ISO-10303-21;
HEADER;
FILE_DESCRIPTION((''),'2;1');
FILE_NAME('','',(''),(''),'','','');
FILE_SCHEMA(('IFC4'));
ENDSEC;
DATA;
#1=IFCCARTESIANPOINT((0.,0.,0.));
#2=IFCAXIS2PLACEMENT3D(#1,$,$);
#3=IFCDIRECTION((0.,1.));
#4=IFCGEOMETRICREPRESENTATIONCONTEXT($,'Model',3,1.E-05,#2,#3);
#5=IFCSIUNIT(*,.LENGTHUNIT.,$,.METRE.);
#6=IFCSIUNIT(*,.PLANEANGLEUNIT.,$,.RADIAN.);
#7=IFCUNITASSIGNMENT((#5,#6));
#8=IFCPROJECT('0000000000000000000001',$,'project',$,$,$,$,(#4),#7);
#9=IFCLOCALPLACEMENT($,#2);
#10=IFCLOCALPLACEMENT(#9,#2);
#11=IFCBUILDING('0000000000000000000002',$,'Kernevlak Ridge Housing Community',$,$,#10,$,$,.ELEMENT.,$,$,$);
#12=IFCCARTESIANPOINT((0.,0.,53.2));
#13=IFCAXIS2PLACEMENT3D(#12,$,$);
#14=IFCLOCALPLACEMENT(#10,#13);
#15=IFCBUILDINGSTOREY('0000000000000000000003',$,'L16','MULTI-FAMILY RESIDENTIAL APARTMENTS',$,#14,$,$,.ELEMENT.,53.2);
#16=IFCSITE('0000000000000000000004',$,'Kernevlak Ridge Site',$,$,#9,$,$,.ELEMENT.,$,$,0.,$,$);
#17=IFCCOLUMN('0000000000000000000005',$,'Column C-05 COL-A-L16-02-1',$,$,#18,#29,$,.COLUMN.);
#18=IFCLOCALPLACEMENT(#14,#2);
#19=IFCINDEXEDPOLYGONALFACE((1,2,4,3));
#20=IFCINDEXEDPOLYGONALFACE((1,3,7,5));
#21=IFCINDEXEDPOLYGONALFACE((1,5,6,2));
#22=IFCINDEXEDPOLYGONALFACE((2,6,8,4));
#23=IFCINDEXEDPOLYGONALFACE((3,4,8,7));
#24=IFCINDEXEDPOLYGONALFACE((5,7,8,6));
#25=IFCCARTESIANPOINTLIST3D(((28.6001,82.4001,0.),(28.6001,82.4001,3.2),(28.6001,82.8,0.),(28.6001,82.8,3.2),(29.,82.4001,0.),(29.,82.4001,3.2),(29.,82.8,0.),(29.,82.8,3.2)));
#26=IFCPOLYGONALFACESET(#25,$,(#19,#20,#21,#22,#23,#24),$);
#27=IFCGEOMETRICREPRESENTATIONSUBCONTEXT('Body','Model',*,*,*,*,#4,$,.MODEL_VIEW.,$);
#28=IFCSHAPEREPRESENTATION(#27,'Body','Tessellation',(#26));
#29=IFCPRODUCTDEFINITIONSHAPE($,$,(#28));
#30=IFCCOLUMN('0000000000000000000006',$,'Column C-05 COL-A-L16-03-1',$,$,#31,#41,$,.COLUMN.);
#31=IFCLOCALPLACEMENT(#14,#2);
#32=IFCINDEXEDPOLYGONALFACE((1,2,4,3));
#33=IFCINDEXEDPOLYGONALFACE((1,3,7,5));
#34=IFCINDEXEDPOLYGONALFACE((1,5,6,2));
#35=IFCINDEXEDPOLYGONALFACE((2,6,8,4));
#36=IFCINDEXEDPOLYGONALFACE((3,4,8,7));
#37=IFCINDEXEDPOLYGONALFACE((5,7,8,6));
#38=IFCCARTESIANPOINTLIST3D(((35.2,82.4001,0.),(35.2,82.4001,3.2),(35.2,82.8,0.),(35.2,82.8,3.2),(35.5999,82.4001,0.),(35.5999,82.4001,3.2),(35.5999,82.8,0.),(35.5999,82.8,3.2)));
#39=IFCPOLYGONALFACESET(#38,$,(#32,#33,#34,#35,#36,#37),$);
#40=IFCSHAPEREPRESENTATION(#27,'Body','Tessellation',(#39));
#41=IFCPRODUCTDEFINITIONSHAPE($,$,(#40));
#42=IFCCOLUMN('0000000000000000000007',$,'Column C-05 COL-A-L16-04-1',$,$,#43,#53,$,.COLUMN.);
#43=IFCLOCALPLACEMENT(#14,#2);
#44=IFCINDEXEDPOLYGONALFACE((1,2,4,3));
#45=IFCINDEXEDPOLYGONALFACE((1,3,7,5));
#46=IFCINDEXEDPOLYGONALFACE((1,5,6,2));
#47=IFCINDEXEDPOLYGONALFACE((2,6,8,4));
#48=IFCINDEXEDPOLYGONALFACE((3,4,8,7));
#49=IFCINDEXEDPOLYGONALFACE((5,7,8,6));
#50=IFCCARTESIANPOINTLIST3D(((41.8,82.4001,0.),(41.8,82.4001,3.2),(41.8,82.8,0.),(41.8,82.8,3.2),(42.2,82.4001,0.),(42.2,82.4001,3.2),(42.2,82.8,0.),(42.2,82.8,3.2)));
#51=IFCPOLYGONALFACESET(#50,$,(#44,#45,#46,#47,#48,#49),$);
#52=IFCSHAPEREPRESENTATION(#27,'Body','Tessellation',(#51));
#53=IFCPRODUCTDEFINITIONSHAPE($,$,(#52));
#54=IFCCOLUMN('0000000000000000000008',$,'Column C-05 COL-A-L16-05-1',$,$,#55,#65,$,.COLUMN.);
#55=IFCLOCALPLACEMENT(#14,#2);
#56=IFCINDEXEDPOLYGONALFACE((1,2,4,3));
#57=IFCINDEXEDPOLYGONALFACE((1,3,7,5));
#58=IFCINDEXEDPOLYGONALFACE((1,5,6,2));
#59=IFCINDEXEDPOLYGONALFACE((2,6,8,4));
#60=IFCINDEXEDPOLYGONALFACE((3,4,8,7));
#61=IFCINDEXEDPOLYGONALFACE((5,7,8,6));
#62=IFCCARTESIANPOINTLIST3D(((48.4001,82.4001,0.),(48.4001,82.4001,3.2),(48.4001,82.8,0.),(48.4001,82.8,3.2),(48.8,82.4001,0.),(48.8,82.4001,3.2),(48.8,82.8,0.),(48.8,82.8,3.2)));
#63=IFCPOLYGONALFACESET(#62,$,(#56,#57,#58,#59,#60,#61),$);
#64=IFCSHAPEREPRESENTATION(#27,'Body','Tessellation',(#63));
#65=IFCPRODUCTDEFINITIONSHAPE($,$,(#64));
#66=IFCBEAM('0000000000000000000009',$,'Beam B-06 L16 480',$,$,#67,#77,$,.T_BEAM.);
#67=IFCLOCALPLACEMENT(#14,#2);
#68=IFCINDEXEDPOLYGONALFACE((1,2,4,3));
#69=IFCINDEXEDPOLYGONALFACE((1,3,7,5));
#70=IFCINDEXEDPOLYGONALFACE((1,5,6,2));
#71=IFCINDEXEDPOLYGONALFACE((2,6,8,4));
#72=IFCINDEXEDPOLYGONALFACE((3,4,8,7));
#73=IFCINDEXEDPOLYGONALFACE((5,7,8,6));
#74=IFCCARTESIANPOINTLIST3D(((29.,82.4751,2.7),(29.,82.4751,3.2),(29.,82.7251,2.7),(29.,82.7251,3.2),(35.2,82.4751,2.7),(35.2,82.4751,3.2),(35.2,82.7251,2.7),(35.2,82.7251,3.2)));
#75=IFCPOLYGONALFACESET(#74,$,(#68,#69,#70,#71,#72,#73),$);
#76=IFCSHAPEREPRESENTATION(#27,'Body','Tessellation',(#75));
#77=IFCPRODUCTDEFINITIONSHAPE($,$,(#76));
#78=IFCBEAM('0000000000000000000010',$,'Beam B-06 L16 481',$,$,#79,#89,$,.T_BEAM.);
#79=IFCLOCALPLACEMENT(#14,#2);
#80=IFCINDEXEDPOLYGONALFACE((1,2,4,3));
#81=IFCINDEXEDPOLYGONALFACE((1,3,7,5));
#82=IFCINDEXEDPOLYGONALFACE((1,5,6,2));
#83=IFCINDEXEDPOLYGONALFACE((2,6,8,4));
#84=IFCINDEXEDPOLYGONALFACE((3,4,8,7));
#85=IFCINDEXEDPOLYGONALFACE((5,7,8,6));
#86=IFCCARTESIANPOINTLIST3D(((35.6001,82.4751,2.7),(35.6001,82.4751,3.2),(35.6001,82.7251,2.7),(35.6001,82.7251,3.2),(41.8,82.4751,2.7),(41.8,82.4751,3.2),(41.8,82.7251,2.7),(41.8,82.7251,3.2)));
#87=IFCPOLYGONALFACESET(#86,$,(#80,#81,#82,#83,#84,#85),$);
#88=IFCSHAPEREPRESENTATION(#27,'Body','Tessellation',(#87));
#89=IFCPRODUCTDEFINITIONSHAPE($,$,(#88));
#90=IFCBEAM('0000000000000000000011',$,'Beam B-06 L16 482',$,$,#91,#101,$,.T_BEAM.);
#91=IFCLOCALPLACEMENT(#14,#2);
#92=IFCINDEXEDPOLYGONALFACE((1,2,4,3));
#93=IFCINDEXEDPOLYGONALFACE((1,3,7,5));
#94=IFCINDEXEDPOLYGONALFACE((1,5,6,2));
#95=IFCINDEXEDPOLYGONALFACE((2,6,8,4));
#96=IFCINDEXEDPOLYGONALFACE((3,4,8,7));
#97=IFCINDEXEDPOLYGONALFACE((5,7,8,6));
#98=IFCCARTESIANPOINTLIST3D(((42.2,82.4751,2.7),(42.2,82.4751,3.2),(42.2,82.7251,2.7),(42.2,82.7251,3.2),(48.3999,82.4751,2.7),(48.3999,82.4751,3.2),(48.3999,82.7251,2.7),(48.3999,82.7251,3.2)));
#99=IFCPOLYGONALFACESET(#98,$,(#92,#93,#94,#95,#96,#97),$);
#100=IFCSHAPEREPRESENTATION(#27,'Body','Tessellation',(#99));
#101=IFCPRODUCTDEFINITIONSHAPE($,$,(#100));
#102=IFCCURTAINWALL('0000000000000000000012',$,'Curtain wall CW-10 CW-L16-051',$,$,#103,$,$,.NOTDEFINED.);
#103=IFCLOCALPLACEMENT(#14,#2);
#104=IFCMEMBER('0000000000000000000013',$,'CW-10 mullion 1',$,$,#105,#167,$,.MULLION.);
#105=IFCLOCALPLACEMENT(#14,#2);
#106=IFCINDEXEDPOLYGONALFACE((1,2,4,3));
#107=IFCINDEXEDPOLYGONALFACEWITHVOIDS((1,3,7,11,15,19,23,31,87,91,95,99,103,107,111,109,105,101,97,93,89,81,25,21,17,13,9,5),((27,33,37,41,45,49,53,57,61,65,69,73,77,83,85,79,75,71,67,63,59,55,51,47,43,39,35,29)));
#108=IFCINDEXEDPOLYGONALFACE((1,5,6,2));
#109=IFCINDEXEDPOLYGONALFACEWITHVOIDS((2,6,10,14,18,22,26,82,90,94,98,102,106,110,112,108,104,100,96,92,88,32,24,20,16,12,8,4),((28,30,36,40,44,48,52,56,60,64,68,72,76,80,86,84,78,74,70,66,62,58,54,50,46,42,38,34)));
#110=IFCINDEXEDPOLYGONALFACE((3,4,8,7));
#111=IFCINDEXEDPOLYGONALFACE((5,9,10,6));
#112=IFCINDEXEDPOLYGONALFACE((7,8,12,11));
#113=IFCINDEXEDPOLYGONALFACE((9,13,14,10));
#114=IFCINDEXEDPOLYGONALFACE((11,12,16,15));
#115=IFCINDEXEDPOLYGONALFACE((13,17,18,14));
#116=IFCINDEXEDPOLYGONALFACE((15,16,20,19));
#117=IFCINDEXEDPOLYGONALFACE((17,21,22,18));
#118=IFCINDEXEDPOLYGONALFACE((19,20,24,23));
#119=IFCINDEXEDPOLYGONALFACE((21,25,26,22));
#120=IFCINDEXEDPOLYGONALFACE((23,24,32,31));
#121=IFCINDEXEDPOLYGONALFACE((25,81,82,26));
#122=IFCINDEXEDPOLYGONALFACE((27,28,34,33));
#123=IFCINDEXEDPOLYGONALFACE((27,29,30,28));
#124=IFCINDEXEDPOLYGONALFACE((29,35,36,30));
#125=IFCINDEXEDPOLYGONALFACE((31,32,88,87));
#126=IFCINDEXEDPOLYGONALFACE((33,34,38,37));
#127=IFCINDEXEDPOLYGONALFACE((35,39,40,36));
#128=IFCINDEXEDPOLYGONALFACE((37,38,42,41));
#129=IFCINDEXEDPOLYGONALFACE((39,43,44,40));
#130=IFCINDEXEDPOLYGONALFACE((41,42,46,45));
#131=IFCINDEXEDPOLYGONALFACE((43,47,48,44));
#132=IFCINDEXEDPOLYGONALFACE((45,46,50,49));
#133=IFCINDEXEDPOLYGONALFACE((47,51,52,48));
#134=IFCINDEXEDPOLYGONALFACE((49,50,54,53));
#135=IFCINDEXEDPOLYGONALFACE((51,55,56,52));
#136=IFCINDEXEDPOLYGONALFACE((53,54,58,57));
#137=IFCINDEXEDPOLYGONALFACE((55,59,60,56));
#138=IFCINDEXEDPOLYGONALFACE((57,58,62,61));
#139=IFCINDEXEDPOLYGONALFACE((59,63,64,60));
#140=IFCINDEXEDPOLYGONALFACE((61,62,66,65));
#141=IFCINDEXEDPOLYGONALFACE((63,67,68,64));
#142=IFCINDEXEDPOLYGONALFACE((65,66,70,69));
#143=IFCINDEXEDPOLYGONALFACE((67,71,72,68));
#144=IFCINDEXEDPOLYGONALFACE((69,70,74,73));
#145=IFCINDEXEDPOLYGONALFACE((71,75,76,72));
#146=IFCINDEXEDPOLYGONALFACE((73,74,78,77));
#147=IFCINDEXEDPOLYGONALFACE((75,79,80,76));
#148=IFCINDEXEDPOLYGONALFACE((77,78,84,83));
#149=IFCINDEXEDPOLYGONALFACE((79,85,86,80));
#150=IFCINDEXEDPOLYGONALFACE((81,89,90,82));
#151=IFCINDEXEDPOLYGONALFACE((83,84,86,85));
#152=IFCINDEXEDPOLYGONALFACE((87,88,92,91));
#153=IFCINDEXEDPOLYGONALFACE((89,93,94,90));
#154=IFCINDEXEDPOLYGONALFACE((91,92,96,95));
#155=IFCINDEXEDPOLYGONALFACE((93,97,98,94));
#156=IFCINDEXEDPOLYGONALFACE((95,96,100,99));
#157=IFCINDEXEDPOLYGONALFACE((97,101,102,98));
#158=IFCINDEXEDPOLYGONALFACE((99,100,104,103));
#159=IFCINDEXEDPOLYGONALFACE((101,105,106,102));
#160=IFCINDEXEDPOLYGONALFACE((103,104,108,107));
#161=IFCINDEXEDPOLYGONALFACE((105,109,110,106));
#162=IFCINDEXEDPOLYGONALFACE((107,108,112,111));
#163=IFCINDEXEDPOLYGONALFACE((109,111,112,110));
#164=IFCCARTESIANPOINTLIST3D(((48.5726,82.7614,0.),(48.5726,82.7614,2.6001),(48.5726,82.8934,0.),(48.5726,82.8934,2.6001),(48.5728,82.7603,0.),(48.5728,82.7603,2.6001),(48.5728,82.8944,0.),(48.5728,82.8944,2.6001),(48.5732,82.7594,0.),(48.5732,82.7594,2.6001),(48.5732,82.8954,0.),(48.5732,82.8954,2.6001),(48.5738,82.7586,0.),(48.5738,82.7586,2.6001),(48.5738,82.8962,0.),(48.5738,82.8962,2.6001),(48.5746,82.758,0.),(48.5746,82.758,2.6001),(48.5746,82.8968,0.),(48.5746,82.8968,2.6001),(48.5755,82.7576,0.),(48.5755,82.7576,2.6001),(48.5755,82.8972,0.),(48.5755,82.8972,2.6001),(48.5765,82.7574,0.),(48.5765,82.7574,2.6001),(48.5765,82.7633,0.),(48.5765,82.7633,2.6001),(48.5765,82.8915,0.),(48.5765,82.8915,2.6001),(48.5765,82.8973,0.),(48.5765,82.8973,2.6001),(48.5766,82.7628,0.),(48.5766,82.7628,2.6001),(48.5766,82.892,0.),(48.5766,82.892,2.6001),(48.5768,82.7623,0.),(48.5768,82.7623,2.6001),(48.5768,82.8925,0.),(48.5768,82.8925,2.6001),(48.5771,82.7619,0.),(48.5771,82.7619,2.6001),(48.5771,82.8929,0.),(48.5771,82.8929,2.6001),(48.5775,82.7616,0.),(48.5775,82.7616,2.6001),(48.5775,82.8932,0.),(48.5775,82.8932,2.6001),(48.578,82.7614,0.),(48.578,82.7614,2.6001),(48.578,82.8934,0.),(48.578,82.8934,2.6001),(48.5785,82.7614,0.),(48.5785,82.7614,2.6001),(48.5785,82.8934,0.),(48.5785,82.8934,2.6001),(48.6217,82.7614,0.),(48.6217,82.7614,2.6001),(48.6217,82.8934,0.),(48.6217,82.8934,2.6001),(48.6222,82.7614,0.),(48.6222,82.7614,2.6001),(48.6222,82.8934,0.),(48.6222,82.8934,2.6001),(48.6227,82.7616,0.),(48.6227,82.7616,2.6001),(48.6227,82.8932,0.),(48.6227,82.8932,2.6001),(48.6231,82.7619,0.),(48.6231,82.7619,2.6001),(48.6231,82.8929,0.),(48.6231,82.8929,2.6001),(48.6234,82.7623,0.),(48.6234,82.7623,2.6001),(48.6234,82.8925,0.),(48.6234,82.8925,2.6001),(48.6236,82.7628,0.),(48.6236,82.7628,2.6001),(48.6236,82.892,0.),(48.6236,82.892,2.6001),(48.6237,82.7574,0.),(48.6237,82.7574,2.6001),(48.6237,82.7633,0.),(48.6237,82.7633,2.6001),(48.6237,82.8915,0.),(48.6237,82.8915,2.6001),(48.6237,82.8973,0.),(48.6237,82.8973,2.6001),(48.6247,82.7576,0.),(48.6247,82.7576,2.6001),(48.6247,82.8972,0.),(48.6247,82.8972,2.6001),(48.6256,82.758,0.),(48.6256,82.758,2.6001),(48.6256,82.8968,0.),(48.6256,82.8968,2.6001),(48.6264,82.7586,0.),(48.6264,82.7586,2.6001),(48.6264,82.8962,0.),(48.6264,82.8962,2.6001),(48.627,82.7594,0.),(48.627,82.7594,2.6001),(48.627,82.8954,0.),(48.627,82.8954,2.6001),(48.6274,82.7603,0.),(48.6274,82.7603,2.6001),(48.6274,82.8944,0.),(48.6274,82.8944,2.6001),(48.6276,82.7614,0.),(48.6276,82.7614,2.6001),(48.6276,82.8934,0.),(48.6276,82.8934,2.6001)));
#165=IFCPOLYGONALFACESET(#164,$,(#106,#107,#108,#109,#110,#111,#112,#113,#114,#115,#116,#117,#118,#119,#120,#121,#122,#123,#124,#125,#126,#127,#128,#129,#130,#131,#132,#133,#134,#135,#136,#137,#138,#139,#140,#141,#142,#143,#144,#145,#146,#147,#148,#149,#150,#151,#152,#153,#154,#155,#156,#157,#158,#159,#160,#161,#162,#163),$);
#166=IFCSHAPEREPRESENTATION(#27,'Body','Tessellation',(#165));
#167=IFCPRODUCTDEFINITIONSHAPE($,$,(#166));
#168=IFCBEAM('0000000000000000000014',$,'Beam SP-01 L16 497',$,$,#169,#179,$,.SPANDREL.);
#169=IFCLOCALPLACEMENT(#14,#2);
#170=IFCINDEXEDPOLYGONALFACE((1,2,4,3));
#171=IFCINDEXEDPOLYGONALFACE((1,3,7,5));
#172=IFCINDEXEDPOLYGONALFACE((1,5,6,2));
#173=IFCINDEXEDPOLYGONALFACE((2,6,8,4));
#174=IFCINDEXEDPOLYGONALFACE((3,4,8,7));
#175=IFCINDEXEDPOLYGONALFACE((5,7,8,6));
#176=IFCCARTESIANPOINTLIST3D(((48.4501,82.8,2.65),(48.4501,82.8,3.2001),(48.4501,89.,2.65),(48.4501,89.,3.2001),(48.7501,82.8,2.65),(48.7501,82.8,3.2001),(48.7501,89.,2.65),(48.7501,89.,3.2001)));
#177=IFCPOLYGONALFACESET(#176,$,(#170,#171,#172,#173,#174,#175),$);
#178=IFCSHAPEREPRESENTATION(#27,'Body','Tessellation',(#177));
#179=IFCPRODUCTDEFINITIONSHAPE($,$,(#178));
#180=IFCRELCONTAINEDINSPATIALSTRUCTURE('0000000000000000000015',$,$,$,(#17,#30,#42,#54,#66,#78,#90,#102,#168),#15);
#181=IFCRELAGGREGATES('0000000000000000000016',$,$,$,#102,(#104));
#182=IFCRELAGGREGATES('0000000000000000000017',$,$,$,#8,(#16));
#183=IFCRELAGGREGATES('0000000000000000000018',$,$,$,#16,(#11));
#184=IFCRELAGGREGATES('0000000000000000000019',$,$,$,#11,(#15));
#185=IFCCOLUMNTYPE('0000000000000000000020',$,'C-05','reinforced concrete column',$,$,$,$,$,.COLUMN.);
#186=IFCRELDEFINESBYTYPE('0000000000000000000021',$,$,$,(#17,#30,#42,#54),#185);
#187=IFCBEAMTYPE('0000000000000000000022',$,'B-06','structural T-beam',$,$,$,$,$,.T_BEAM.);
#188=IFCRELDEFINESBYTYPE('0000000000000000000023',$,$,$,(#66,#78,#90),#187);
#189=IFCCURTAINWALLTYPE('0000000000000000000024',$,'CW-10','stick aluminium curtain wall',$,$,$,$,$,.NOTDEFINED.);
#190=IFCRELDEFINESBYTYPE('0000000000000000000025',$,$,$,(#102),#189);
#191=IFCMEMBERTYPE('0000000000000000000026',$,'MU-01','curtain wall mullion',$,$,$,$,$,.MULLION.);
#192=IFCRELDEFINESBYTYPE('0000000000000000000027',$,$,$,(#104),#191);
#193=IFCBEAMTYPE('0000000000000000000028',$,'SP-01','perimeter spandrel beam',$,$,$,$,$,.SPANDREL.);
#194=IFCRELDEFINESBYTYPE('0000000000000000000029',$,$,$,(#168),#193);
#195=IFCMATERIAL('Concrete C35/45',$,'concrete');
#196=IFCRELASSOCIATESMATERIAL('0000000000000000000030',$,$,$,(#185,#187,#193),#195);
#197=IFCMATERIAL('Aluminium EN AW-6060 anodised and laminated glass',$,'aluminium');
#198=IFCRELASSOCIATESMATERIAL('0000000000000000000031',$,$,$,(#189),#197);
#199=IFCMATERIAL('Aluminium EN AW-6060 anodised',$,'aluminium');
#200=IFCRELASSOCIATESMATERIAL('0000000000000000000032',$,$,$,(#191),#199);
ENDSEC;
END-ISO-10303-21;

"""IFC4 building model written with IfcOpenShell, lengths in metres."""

from ifc_helpers import new_model, si_unit, direction, frame, origin, origin_2d, place, context, subcontext, project, spatial, rectangle, hollow_rectangle, extrude, material, material_profile, profile_set, type_object, element, aggregate, save


model = new_model("IFC4")

# Units and contexts
model_context = context("Model", 3, precision=1e-05, world=origin(), true_north=direction((0.0, 1.0)))
body_context = subcontext(model_context, "Body", "Model", "MODEL_VIEW")
ifc_project = project(units=[si_unit("LENGTHUNIT", "METRE"), si_unit("PLANEANGLEUNIT", "RADIAN")], contexts=[model_context])

# Site, building, storey
site_placement = place(None, origin())
site = spatial("IfcSite", under=ifc_project, at=site_placement, Name="Kernevlak Ridge Site", CompositionType="ELEMENT", RefElevation=0.0)
building_placement = place(site_placement, origin())
building = spatial("IfcBuilding", under=site, at=building_placement, Name="Kernevlak Ridge Housing Community", CompositionType="ELEMENT")
storey_placement = place(building_placement, frame((0.0, 0.0, 53.2)))
storey = spatial("IfcBuildingStorey", under=building, at=storey_placement, Name="L16", Description="MULTI-FAMILY RESIDENTIAL APARTMENTS", CompositionType="ELEMENT", Elevation=53.2)

# Columns
ifc_material_1 = material(Name="Concrete C35/45", Category="concrete")
ifc_material_profile_1 = material_profile(ifc_material_1, rectangle(XDim=0.3999, YDim=0.3999, at=origin_2d()), Name="RC 400x400")
ifc_profile_set_1 = profile_set([ifc_material_profile_1], Name="Concrete C35/45")
column_type = type_object("IfcColumnType", Name="C-05", Description="reinforced concrete column", PredefinedType="COLUMN", material=ifc_profile_set_1)
for number, where, z_axis, x_axis, name in (
    (1, (28.8, 82.6001, 0.0), (0.0, 0.0, 1.0), (1.0, 0.0, 0.0), "Column C-05 COL-A-L16-02-1"),
    (2, (35.3999, 82.6001, 0.0), (0.0, 0.0, 1.0), (1.0, 0.0, 0.0), "Column C-05 COL-A-L16-03-1"),
    (3, (42.0, 82.6001, 0.0), (0.0, 0.0, 1.0), (1.0, 0.0, 0.0), "Column C-05 COL-A-L16-04-1"),
    (4, (48.6001, 82.6001, 0.0), (0.0, 0.0, 1.0), (1.0, 0.0, 0.0), "Column C-05 COL-A-L16-05-1"),
):
    element("IfcColumn", number, at=place(storey_placement, frame(where, z_axis=z_axis, x_axis=x_axis)), inside=storey, type_object=column_type, Name=name, PredefinedType="COLUMN", context=body_context, shape_type="SweptSolid", body=[
        extrude(rectangle(XDim=0.3999, YDim=0.3999, at=origin_2d()), origin(), (0.0, 0.0, 1.0), 3.2),
    ])

# Beams
ifc_material_profile_2 = material_profile(ifc_material_1, rectangle(XDim=0.25, YDim=0.5, at=origin_2d()), Name="RC 250x500")
ifc_profile_set_2 = profile_set([ifc_material_profile_2], Name="Concrete C35/45")
beam_type_1 = type_object("IfcBeamType", Name="B-06", Description="structural T-beam", PredefinedType="T_BEAM", material=ifc_profile_set_2)
for number, where, z_axis, x_axis, name in (
    (5, (29.0, 82.6001, 2.95), (1.0, 0.0, 0.0), (0.0, 1.0, 0.0), "Beam B-06 L16 480"),
    (6, (35.6001, 82.6001, 2.95), (1.0, 0.0, 0.0), (0.0, 1.0, 0.0), "Beam B-06 L16 481"),
    (7, (42.2, 82.6001, 2.95), (1.0, 0.0, 0.0), (0.0, 1.0, 0.0), "Beam B-06 L16 482"),
):
    element("IfcBeam", number, at=place(storey_placement, frame(where, z_axis=z_axis, x_axis=x_axis)), inside=storey, type_object=beam_type_1, Name=name, PredefinedType="T_BEAM", context=body_context, shape_type="SweptSolid", body=[
        extrude(rectangle(XDim=0.25, YDim=0.5, at=origin_2d()), origin(), (0.0, 0.0, 1.0), 6.2),
    ])

# Curtain wall, member
ifc_material_2 = material(Name="Aluminium EN AW-6060 anodised and laminated glass", Category="aluminium")
curtain_wall_type = type_object("IfcCurtainWallType", Name="CW-10", Description="stick aluminium curtain wall", PredefinedType="NOTDEFINED", material=ifc_material_2)
curtain_wall_placement = place(storey_placement, origin())
curtain_wall = element("IfcCurtainWall", 8, at=curtain_wall_placement, inside=storey, type_object=curtain_wall_type, Name="Curtain wall CW-10 CW-L16-051", PredefinedType="NOTDEFINED")
ifc_material_3 = material(Name="Aluminium EN AW-6060 anodised", Category="aluminium")
ifc_material_profile_3 = material_profile(ifc_material_3, hollow_rectangle(XDim=0.0549, YDim=0.1399, WallThickness=0.0039, InnerFilletRadius=0.002, OuterFilletRadius=0.0039, at=origin_2d()), Name="ALU 55x140x4")
ifc_profile_set_3 = profile_set([ifc_material_profile_3], Name="Aluminium EN AW-6060 anodised")
member_type_1 = type_object("IfcMemberType", Name="MU-01", Description="curtain wall mullion", PredefinedType="MULLION", material=ifc_profile_set_3)
member_1_placement = place(storey_placement, frame((48.6001, 82.8274, 0.0), z_axis=(0.0, 0.0, 1.0), x_axis=(-1.0, 0.0, 0.0)))
member_1 = element("IfcMember", 9, at=member_1_placement, type_object=member_type_1, Name="CW-10 mullion 1", PredefinedType="MULLION", context=body_context, shape_type="SweptSolid", body=[
    extrude(hollow_rectangle(XDim=0.0549, YDim=0.1399, WallThickness=0.0039, InnerFilletRadius=0.002, OuterFilletRadius=0.0039, at=origin_2d()), origin(), (0.0, 0.0, 1.0), 2.6001),
])

# Beam
ifc_material_profile_4 = material_profile(ifc_material_1, rectangle(XDim=0.3, YDim=0.55, at=origin_2d()), Name="RC 300x550")
ifc_profile_set_4 = profile_set([ifc_material_profile_4], Name="Concrete C35/45")
beam_type_2 = type_object("IfcBeamType", Name="SP-01", Description="perimeter spandrel beam", PredefinedType="SPANDREL", material=ifc_profile_set_4)
beam_placement = place(storey_placement, frame((48.6001, 82.8, 2.925), z_axis=(0.0, 1.0, 0.0), x_axis=(-1.0, 0.0, 0.0)))
element("IfcBeam", 10, at=beam_placement, inside=storey, type_object=beam_type_2, Name="Beam SP-01 L16 497", PredefinedType="SPANDREL", context=body_context, shape_type="SweptSolid", body=[
    extrude(rectangle(XDim=0.3, YDim=0.55, at=origin_2d()), origin(), (0.0, 0.0, 1.0), 6.2),
])

aggregate(curtain_wall, [member_1])

save(model, "model.ifc")
